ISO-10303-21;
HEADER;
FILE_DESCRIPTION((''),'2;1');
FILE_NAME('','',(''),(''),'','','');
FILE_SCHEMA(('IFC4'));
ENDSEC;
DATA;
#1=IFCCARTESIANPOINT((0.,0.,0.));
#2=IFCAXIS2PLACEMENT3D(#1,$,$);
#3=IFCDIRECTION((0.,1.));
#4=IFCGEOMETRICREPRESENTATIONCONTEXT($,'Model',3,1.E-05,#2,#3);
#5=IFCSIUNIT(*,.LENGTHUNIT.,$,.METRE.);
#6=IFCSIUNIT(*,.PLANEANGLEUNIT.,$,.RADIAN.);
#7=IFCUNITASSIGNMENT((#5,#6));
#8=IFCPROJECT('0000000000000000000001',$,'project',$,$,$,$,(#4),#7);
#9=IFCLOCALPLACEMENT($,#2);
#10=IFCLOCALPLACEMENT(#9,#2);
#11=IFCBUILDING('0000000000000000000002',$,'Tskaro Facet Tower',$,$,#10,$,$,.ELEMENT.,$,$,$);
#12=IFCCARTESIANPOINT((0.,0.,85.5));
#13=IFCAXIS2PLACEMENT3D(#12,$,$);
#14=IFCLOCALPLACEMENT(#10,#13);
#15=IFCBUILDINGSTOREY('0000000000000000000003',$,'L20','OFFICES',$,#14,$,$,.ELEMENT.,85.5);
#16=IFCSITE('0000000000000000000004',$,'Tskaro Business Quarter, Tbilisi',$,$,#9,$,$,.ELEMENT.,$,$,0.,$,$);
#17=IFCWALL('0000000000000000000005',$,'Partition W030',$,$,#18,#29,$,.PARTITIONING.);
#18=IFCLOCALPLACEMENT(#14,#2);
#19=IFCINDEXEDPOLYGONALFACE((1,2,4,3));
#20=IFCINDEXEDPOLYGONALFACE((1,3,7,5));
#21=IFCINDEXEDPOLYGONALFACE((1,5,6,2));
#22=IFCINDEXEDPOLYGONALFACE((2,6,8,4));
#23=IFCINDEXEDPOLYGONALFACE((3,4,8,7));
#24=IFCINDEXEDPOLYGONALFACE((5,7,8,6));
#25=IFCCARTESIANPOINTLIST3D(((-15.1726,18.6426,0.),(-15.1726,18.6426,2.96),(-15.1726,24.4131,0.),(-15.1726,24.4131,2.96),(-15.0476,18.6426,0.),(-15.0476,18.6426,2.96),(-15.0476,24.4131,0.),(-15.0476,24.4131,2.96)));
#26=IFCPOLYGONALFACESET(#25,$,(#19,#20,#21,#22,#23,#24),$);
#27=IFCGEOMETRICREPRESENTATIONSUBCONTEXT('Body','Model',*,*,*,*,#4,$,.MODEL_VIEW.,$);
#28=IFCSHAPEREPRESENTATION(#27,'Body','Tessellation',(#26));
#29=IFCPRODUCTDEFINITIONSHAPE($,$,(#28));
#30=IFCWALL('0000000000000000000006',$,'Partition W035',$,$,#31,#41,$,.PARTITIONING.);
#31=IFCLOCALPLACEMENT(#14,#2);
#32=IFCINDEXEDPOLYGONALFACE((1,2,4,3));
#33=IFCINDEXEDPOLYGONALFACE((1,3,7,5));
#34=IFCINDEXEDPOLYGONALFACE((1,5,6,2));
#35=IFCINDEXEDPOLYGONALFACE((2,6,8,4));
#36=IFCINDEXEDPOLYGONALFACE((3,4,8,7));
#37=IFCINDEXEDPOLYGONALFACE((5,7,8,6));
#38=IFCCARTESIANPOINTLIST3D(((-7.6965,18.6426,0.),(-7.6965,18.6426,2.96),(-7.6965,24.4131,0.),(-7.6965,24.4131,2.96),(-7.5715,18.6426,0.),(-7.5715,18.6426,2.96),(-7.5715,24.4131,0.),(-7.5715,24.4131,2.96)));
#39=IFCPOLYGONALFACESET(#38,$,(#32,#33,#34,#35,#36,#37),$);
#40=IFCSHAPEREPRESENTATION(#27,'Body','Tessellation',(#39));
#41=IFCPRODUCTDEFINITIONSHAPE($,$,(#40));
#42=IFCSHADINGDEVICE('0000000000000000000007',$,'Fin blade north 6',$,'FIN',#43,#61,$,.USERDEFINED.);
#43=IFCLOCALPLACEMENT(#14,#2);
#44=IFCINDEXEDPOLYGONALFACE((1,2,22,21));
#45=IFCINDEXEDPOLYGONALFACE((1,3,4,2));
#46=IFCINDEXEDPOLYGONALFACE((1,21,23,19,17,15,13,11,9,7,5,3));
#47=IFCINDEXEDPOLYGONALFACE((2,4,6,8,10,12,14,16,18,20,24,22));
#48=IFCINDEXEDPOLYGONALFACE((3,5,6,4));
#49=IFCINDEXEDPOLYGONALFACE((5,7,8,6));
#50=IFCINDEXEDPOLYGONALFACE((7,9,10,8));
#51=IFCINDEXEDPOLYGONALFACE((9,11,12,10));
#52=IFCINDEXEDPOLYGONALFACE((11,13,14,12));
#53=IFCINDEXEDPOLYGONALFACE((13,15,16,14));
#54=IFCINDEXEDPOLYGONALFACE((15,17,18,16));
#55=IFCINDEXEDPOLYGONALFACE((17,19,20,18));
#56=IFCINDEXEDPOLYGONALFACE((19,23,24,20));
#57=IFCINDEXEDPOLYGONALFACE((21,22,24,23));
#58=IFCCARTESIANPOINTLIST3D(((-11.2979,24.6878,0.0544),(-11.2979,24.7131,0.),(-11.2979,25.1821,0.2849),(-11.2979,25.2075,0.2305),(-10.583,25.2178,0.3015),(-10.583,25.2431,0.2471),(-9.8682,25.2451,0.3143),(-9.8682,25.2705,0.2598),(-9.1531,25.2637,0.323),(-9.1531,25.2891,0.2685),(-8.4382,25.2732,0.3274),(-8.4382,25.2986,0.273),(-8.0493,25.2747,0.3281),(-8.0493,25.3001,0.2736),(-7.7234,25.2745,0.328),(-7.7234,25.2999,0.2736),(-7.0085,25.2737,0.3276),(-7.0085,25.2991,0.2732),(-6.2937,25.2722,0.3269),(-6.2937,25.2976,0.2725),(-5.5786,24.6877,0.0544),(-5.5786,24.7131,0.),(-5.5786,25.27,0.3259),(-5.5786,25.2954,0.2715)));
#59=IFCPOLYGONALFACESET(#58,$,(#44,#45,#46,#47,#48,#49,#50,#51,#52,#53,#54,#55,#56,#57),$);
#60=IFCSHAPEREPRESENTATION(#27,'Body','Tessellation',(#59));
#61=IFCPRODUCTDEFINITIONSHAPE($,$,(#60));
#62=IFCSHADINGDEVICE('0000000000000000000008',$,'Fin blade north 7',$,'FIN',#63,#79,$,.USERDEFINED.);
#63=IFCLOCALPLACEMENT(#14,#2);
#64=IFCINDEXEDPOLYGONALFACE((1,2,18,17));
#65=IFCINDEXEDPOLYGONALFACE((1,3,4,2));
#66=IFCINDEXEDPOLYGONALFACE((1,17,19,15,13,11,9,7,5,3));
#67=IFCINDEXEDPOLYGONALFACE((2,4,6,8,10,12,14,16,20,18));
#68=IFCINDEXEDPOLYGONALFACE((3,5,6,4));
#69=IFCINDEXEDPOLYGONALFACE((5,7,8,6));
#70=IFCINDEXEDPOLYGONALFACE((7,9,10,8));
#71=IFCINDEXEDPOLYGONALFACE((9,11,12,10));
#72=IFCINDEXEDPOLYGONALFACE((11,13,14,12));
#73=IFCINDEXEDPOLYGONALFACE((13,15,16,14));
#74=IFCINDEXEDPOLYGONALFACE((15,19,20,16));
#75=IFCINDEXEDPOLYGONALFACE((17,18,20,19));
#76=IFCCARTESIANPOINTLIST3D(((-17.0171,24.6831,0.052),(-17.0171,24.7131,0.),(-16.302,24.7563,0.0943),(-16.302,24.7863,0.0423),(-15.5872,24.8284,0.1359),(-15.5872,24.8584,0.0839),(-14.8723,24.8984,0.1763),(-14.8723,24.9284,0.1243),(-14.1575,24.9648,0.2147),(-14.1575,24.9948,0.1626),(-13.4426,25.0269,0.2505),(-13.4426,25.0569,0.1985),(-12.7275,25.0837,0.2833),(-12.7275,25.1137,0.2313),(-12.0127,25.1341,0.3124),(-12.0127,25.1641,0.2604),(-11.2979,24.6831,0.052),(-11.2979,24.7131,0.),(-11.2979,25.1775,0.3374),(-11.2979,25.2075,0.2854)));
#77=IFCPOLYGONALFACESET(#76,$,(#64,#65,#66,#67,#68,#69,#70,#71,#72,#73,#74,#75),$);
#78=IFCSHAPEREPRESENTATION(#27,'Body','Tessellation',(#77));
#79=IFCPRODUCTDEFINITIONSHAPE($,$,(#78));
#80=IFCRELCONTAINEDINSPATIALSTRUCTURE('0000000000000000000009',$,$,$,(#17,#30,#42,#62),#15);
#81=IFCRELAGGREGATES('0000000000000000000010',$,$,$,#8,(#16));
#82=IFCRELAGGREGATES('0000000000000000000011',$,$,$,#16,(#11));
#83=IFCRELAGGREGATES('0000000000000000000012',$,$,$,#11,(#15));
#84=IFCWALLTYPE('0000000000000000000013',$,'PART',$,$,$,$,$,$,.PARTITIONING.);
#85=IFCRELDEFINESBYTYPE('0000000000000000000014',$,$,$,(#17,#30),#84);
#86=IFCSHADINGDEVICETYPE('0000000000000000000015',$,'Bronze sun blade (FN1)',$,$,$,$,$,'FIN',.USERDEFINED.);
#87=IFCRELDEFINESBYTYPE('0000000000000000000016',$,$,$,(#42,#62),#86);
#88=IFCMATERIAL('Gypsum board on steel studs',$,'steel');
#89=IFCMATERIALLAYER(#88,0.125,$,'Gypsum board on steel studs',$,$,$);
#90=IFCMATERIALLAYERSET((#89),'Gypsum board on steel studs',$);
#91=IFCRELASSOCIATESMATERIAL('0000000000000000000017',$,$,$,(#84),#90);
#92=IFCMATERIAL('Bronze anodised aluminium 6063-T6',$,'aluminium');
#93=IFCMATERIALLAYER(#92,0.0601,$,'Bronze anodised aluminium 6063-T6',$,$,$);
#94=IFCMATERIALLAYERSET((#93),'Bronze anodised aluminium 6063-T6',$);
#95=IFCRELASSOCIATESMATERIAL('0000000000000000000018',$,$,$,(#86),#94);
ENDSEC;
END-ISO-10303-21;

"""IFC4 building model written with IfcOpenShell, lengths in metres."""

from ifc_helpers import new_model, si_unit, direction, frame, frame_2d, origin, place, context, subcontext, project, spatial, polyline, rectangle, outline, extrude, material, layer, layer_set, type_object, element, save


model = new_model("IFC4")

# Units and contexts
model_context = context("Model", 3, precision=1e-05, world=origin(), true_north=direction((0.0, 1.0)))
body_context = subcontext(model_context, "Body", "Model", "MODEL_VIEW")
ifc_project = project(units=[si_unit("LENGTHUNIT", "METRE"), si_unit("PLANEANGLEUNIT", "RADIAN")], contexts=[model_context])

# Site, building, storey
site_placement = place(None, origin())
site = spatial("IfcSite", under=ifc_project, at=site_placement, Name="Tskaro Business Quarter, Tbilisi", CompositionType="ELEMENT", RefElevation=0.0)
building_placement = place(site_placement, origin())
building = spatial("IfcBuilding", under=site, at=building_placement, Name="Tskaro Facet Tower", CompositionType="ELEMENT")
storey_placement = place(building_placement, frame((0.0, 0.0, 85.5)))
storey = spatial("IfcBuildingStorey", under=building, at=storey_placement, Name="L20", Description="OFFICES", CompositionType="ELEMENT", Elevation=85.5)

# Shared definitions
ifc_material_1 = material(Name="Bronze anodised aluminium 6063-T6", Category="aluminium")

# Walls
ifc_material_2 = material(Name="Gypsum board on steel studs", Category="steel")
ifc_layer_1 = layer(ifc_material_2, 0.125, Name="Gypsum board on steel studs")
ifc_layer_set_1 = layer_set([ifc_layer_1], Name="Gypsum board on steel studs")
wall_type = type_object("IfcWallType", Name="PART", PredefinedType="PARTITIONING", material=ifc_layer_set_1)
for number, where, z_axis, x_axis, name in (
    (1, (-15.1101, 18.6426, 0.0), (0.0, 0.0, 1.0), (0.0, 1.0, 0.0), "Partition W030"),
    (2, (-7.634, 18.6426, 0.0), (0.0, 0.0, 1.0), (0.0, 1.0, 0.0), "Partition W035"),
):
    element("IfcWall", number, at=place(storey_placement, frame(where, z_axis=z_axis, x_axis=x_axis)), inside=storey, type_object=wall_type, Name=name, PredefinedType="PARTITIONING", context=body_context, shape_type="SweptSolid", body=[
        extrude(rectangle(XDim=5.7705, YDim=0.125, at=frame_2d((2.8853, 0.0))), origin(), (0.0, 0.0, 1.0), 2.96),
    ])

# Shading devices
ifc_layer_2 = layer(ifc_material_1, 0.0601, Name="Bronze anodised aluminium 6063-T6")
ifc_layer_set_2 = layer_set([ifc_layer_2], Name="Bronze anodised aluminium 6063-T6")
shading_device_type = type_object("IfcShadingDeviceType", Name="Bronze sun blade (FN1)", ElementType="FIN", PredefinedType="USERDEFINED", material=ifc_layer_set_2)
shading_device_1_placement = place(storey_placement, frame((-5.5786, 24.6877, 0.0544), z_axis=(-0.000004, -0.42256, 0.906335), x_axis=(-1.0, 0.000002, -0.000003)))
element("IfcShadingDevice", 3, at=shading_device_1_placement, inside=storey, type_object=shading_device_type, Name="Fin blade north 6", ObjectType="FIN", PredefinedType="USERDEFINED", context=body_context, shape_type="SweptSolid", body=[
    extrude(outline(polyline([(0.0, 0.0), (5.7192, 0.0), (5.7192, -0.5455), (5.0044, -0.5848), (4.2896, -0.6149), (3.5745, -0.6355), (2.8596, -0.646), (2.4707, -0.6476), (2.1448, -0.6474), (1.4299, -0.6465), (0.7151, -0.6449), (0.0, -0.6425), (0.0, 0.0)])), origin(), (0.0, 0.0, -1.0), 0.0601),
])
shading_device_2_placement = place(storey_placement, frame((-11.2979, 24.6831, 0.052), z_axis=(0.000004, -0.500001, 0.866025), x_axis=(-1.0, -0.000002, 0.000003)))
element("IfcShadingDevice", 4, at=shading_device_2_placement, inside=storey, type_object=shading_device_type, Name="Fin blade north 7", ObjectType="FIN", PredefinedType="USERDEFINED", context=body_context, shape_type="SweptSolid", body=[
    extrude(outline(polyline([(0.0, 0.0), (5.7192, 0.0), (5.0042, -0.0845), (4.2893, -0.1678), (3.5745, -0.2486), (2.8596, -0.3253), (2.1448, -0.3969), (1.4297, -0.4626), (0.7148, -0.5208), (0.0, -0.5708), (0.0, 0.0)])), origin(), (0.0, 0.0, -1.0), 0.0601),
])

save(model, "model.ifc")
